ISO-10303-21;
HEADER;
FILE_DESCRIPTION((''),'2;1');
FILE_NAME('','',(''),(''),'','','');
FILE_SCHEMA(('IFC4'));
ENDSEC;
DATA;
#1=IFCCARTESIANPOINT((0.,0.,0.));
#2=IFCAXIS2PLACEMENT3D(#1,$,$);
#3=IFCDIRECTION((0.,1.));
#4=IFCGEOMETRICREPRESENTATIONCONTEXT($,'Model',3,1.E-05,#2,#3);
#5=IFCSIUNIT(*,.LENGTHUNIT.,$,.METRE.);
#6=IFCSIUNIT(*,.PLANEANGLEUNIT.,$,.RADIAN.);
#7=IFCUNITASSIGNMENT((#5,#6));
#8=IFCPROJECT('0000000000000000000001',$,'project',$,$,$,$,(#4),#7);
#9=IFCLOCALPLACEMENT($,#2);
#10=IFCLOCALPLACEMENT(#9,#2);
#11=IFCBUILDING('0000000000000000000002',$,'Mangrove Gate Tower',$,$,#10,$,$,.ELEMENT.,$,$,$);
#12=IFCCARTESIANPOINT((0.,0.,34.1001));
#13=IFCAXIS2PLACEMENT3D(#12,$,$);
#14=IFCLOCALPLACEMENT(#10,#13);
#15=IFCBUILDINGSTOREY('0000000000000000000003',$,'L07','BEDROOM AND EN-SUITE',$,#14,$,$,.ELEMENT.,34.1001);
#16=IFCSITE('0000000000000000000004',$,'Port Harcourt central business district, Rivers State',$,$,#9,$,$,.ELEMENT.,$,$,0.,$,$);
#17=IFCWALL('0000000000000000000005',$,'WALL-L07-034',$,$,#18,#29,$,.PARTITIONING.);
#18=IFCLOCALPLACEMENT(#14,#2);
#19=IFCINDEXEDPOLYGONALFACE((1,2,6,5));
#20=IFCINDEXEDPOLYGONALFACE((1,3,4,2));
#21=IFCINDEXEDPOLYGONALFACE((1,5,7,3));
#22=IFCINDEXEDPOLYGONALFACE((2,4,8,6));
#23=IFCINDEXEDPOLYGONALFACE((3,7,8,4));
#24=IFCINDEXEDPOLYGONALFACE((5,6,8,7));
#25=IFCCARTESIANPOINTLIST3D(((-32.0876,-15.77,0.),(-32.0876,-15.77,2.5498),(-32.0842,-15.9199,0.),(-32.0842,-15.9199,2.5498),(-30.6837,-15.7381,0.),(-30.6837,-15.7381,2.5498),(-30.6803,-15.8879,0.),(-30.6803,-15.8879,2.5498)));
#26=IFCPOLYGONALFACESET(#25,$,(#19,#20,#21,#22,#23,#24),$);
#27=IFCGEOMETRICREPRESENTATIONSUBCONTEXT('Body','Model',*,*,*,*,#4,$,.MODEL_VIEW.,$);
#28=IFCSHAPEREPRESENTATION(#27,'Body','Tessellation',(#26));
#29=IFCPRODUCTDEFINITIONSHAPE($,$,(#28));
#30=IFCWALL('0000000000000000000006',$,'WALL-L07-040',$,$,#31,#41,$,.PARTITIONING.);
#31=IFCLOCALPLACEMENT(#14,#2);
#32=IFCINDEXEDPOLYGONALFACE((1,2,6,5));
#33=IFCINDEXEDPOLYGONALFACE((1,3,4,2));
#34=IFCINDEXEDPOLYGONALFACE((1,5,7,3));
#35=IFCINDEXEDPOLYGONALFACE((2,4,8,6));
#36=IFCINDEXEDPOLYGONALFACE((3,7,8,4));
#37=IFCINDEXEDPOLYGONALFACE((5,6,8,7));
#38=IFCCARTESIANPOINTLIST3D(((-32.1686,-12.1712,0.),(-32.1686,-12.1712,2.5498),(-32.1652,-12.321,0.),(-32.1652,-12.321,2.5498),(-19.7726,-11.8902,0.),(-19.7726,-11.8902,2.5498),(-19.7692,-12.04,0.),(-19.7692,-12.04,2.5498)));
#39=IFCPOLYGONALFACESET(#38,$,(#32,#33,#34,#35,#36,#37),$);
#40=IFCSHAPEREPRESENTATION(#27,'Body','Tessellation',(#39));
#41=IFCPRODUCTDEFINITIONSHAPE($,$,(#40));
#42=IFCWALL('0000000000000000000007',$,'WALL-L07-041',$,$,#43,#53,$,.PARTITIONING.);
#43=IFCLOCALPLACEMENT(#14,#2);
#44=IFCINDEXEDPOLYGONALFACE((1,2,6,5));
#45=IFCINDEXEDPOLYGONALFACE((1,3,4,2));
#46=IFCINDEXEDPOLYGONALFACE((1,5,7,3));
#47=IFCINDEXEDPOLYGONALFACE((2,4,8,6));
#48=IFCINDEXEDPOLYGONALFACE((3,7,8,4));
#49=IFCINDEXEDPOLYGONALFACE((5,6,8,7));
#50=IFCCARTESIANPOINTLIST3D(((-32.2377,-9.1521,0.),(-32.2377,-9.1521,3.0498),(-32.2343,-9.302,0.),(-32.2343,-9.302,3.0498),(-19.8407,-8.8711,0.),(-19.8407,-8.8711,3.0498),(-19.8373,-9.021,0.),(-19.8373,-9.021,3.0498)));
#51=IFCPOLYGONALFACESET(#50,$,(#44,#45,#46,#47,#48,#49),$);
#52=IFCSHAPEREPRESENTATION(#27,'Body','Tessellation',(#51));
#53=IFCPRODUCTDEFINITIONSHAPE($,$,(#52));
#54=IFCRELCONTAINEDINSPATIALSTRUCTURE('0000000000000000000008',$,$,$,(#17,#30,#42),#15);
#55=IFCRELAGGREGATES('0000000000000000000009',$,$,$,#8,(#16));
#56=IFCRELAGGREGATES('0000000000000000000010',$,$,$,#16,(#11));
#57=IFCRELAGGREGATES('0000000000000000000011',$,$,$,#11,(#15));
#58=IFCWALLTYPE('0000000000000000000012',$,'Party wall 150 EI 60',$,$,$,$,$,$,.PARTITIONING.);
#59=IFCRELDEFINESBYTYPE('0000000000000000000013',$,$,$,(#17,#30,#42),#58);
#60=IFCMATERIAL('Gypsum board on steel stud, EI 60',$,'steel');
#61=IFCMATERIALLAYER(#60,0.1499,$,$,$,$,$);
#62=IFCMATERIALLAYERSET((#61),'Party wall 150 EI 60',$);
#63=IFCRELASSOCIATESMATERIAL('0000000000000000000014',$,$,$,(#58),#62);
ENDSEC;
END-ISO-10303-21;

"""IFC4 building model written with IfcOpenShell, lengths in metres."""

from ifc_helpers import new_model, si_unit, direction, frame, frame_2d, origin, place, context, subcontext, project, spatial, rectangle, extrude, material, layer, layer_set, type_object, element, save


model = new_model("IFC4")

# Units and contexts
model_context = context("Model", 3, precision=1e-05, world=origin(), true_north=direction((0.0, 1.0)))
body_context = subcontext(model_context, "Body", "Model", "MODEL_VIEW")
ifc_project = project(units=[si_unit("LENGTHUNIT", "METRE"), si_unit("PLANEANGLEUNIT", "RADIAN")], contexts=[model_context])

# Site, building, storey
site_placement = place(None, origin())
site = spatial("IfcSite", under=ifc_project, at=site_placement, Name="Port Harcourt central business district, Rivers State", CompositionType="ELEMENT", RefElevation=0.0)
building_placement = place(site_placement, origin())
building = spatial("IfcBuilding", under=site, at=building_placement, Name="Mangrove Gate Tower", CompositionType="ELEMENT")
storey_placement = place(building_placement, frame((0.0, 0.0, 34.1001)))
storey = spatial("IfcBuildingStorey", under=building, at=storey_placement, Name="L07", Description="BEDROOM AND EN-SUITE", CompositionType="ELEMENT", Elevation=34.1001)

# Walls
ifc_material_1 = material(Name="Gypsum board on steel stud, EI 60", Category="steel")
ifc_layer_1 = layer(ifc_material_1, 0.1499)
ifc_layer_set_1 = layer_set([ifc_layer_1], Name="Party wall 150 EI 60")
wall_type_1 = type_object("IfcWallType", Name="Party wall 150 EI 60", PredefinedType="PARTITIONING", material=ifc_layer_set_1)
wall_1_placement = place(storey_placement, frame((-32.0859, -15.845, 0.0), z_axis=(0.0, 0.0, 1.0), x_axis=(0.999741, 0.022773, 0.0)))
element("IfcWall", 1, at=wall_1_placement, inside=storey, type_object=wall_type_1, Name="WALL-L07-034", PredefinedType="PARTITIONING", context=body_context, shape_type="SweptSolid", body=[
    extrude(rectangle(XDim=1.4043, YDim=0.1499, at=frame_2d((0.7021, 0.0))), origin(), (0.0, 0.0, 1.0), 2.5498),
])
wall_2_placement = place(storey_placement, frame((-32.167, -12.2461, 0.0), z_axis=(0.0, 0.0, 1.0), x_axis=(0.999743, 0.022663, 0.0)))
element("IfcWall", 2, at=wall_2_placement, inside=storey, type_object=wall_type_1, Name="WALL-L07-040", PredefinedType="PARTITIONING", context=body_context, shape_type="SweptSolid", body=[
    extrude(rectangle(XDim=12.3992, YDim=0.1499, at=frame_2d((6.1997, 0.0))), origin(), (0.0, 0.0, 1.0), 2.5498),
])
wall_3_placement = place(storey_placement, frame((-32.2361, -9.2271, 0.0), z_axis=(0.0, 0.0, 1.0), x_axis=(0.999743, 0.022661, 0.0)))
element("IfcWall", 3, at=wall_3_placement, inside=storey, type_object=wall_type_1, Name="WALL-L07-041", PredefinedType="PARTITIONING", context=body_context, shape_type="SweptSolid", body=[
    extrude(rectangle(XDim=12.4001, YDim=0.1499, at=frame_2d((6.2002, 0.0))), origin(), (0.0, 0.0, 1.0), 3.0498),
])

save(model, "model.ifc")
